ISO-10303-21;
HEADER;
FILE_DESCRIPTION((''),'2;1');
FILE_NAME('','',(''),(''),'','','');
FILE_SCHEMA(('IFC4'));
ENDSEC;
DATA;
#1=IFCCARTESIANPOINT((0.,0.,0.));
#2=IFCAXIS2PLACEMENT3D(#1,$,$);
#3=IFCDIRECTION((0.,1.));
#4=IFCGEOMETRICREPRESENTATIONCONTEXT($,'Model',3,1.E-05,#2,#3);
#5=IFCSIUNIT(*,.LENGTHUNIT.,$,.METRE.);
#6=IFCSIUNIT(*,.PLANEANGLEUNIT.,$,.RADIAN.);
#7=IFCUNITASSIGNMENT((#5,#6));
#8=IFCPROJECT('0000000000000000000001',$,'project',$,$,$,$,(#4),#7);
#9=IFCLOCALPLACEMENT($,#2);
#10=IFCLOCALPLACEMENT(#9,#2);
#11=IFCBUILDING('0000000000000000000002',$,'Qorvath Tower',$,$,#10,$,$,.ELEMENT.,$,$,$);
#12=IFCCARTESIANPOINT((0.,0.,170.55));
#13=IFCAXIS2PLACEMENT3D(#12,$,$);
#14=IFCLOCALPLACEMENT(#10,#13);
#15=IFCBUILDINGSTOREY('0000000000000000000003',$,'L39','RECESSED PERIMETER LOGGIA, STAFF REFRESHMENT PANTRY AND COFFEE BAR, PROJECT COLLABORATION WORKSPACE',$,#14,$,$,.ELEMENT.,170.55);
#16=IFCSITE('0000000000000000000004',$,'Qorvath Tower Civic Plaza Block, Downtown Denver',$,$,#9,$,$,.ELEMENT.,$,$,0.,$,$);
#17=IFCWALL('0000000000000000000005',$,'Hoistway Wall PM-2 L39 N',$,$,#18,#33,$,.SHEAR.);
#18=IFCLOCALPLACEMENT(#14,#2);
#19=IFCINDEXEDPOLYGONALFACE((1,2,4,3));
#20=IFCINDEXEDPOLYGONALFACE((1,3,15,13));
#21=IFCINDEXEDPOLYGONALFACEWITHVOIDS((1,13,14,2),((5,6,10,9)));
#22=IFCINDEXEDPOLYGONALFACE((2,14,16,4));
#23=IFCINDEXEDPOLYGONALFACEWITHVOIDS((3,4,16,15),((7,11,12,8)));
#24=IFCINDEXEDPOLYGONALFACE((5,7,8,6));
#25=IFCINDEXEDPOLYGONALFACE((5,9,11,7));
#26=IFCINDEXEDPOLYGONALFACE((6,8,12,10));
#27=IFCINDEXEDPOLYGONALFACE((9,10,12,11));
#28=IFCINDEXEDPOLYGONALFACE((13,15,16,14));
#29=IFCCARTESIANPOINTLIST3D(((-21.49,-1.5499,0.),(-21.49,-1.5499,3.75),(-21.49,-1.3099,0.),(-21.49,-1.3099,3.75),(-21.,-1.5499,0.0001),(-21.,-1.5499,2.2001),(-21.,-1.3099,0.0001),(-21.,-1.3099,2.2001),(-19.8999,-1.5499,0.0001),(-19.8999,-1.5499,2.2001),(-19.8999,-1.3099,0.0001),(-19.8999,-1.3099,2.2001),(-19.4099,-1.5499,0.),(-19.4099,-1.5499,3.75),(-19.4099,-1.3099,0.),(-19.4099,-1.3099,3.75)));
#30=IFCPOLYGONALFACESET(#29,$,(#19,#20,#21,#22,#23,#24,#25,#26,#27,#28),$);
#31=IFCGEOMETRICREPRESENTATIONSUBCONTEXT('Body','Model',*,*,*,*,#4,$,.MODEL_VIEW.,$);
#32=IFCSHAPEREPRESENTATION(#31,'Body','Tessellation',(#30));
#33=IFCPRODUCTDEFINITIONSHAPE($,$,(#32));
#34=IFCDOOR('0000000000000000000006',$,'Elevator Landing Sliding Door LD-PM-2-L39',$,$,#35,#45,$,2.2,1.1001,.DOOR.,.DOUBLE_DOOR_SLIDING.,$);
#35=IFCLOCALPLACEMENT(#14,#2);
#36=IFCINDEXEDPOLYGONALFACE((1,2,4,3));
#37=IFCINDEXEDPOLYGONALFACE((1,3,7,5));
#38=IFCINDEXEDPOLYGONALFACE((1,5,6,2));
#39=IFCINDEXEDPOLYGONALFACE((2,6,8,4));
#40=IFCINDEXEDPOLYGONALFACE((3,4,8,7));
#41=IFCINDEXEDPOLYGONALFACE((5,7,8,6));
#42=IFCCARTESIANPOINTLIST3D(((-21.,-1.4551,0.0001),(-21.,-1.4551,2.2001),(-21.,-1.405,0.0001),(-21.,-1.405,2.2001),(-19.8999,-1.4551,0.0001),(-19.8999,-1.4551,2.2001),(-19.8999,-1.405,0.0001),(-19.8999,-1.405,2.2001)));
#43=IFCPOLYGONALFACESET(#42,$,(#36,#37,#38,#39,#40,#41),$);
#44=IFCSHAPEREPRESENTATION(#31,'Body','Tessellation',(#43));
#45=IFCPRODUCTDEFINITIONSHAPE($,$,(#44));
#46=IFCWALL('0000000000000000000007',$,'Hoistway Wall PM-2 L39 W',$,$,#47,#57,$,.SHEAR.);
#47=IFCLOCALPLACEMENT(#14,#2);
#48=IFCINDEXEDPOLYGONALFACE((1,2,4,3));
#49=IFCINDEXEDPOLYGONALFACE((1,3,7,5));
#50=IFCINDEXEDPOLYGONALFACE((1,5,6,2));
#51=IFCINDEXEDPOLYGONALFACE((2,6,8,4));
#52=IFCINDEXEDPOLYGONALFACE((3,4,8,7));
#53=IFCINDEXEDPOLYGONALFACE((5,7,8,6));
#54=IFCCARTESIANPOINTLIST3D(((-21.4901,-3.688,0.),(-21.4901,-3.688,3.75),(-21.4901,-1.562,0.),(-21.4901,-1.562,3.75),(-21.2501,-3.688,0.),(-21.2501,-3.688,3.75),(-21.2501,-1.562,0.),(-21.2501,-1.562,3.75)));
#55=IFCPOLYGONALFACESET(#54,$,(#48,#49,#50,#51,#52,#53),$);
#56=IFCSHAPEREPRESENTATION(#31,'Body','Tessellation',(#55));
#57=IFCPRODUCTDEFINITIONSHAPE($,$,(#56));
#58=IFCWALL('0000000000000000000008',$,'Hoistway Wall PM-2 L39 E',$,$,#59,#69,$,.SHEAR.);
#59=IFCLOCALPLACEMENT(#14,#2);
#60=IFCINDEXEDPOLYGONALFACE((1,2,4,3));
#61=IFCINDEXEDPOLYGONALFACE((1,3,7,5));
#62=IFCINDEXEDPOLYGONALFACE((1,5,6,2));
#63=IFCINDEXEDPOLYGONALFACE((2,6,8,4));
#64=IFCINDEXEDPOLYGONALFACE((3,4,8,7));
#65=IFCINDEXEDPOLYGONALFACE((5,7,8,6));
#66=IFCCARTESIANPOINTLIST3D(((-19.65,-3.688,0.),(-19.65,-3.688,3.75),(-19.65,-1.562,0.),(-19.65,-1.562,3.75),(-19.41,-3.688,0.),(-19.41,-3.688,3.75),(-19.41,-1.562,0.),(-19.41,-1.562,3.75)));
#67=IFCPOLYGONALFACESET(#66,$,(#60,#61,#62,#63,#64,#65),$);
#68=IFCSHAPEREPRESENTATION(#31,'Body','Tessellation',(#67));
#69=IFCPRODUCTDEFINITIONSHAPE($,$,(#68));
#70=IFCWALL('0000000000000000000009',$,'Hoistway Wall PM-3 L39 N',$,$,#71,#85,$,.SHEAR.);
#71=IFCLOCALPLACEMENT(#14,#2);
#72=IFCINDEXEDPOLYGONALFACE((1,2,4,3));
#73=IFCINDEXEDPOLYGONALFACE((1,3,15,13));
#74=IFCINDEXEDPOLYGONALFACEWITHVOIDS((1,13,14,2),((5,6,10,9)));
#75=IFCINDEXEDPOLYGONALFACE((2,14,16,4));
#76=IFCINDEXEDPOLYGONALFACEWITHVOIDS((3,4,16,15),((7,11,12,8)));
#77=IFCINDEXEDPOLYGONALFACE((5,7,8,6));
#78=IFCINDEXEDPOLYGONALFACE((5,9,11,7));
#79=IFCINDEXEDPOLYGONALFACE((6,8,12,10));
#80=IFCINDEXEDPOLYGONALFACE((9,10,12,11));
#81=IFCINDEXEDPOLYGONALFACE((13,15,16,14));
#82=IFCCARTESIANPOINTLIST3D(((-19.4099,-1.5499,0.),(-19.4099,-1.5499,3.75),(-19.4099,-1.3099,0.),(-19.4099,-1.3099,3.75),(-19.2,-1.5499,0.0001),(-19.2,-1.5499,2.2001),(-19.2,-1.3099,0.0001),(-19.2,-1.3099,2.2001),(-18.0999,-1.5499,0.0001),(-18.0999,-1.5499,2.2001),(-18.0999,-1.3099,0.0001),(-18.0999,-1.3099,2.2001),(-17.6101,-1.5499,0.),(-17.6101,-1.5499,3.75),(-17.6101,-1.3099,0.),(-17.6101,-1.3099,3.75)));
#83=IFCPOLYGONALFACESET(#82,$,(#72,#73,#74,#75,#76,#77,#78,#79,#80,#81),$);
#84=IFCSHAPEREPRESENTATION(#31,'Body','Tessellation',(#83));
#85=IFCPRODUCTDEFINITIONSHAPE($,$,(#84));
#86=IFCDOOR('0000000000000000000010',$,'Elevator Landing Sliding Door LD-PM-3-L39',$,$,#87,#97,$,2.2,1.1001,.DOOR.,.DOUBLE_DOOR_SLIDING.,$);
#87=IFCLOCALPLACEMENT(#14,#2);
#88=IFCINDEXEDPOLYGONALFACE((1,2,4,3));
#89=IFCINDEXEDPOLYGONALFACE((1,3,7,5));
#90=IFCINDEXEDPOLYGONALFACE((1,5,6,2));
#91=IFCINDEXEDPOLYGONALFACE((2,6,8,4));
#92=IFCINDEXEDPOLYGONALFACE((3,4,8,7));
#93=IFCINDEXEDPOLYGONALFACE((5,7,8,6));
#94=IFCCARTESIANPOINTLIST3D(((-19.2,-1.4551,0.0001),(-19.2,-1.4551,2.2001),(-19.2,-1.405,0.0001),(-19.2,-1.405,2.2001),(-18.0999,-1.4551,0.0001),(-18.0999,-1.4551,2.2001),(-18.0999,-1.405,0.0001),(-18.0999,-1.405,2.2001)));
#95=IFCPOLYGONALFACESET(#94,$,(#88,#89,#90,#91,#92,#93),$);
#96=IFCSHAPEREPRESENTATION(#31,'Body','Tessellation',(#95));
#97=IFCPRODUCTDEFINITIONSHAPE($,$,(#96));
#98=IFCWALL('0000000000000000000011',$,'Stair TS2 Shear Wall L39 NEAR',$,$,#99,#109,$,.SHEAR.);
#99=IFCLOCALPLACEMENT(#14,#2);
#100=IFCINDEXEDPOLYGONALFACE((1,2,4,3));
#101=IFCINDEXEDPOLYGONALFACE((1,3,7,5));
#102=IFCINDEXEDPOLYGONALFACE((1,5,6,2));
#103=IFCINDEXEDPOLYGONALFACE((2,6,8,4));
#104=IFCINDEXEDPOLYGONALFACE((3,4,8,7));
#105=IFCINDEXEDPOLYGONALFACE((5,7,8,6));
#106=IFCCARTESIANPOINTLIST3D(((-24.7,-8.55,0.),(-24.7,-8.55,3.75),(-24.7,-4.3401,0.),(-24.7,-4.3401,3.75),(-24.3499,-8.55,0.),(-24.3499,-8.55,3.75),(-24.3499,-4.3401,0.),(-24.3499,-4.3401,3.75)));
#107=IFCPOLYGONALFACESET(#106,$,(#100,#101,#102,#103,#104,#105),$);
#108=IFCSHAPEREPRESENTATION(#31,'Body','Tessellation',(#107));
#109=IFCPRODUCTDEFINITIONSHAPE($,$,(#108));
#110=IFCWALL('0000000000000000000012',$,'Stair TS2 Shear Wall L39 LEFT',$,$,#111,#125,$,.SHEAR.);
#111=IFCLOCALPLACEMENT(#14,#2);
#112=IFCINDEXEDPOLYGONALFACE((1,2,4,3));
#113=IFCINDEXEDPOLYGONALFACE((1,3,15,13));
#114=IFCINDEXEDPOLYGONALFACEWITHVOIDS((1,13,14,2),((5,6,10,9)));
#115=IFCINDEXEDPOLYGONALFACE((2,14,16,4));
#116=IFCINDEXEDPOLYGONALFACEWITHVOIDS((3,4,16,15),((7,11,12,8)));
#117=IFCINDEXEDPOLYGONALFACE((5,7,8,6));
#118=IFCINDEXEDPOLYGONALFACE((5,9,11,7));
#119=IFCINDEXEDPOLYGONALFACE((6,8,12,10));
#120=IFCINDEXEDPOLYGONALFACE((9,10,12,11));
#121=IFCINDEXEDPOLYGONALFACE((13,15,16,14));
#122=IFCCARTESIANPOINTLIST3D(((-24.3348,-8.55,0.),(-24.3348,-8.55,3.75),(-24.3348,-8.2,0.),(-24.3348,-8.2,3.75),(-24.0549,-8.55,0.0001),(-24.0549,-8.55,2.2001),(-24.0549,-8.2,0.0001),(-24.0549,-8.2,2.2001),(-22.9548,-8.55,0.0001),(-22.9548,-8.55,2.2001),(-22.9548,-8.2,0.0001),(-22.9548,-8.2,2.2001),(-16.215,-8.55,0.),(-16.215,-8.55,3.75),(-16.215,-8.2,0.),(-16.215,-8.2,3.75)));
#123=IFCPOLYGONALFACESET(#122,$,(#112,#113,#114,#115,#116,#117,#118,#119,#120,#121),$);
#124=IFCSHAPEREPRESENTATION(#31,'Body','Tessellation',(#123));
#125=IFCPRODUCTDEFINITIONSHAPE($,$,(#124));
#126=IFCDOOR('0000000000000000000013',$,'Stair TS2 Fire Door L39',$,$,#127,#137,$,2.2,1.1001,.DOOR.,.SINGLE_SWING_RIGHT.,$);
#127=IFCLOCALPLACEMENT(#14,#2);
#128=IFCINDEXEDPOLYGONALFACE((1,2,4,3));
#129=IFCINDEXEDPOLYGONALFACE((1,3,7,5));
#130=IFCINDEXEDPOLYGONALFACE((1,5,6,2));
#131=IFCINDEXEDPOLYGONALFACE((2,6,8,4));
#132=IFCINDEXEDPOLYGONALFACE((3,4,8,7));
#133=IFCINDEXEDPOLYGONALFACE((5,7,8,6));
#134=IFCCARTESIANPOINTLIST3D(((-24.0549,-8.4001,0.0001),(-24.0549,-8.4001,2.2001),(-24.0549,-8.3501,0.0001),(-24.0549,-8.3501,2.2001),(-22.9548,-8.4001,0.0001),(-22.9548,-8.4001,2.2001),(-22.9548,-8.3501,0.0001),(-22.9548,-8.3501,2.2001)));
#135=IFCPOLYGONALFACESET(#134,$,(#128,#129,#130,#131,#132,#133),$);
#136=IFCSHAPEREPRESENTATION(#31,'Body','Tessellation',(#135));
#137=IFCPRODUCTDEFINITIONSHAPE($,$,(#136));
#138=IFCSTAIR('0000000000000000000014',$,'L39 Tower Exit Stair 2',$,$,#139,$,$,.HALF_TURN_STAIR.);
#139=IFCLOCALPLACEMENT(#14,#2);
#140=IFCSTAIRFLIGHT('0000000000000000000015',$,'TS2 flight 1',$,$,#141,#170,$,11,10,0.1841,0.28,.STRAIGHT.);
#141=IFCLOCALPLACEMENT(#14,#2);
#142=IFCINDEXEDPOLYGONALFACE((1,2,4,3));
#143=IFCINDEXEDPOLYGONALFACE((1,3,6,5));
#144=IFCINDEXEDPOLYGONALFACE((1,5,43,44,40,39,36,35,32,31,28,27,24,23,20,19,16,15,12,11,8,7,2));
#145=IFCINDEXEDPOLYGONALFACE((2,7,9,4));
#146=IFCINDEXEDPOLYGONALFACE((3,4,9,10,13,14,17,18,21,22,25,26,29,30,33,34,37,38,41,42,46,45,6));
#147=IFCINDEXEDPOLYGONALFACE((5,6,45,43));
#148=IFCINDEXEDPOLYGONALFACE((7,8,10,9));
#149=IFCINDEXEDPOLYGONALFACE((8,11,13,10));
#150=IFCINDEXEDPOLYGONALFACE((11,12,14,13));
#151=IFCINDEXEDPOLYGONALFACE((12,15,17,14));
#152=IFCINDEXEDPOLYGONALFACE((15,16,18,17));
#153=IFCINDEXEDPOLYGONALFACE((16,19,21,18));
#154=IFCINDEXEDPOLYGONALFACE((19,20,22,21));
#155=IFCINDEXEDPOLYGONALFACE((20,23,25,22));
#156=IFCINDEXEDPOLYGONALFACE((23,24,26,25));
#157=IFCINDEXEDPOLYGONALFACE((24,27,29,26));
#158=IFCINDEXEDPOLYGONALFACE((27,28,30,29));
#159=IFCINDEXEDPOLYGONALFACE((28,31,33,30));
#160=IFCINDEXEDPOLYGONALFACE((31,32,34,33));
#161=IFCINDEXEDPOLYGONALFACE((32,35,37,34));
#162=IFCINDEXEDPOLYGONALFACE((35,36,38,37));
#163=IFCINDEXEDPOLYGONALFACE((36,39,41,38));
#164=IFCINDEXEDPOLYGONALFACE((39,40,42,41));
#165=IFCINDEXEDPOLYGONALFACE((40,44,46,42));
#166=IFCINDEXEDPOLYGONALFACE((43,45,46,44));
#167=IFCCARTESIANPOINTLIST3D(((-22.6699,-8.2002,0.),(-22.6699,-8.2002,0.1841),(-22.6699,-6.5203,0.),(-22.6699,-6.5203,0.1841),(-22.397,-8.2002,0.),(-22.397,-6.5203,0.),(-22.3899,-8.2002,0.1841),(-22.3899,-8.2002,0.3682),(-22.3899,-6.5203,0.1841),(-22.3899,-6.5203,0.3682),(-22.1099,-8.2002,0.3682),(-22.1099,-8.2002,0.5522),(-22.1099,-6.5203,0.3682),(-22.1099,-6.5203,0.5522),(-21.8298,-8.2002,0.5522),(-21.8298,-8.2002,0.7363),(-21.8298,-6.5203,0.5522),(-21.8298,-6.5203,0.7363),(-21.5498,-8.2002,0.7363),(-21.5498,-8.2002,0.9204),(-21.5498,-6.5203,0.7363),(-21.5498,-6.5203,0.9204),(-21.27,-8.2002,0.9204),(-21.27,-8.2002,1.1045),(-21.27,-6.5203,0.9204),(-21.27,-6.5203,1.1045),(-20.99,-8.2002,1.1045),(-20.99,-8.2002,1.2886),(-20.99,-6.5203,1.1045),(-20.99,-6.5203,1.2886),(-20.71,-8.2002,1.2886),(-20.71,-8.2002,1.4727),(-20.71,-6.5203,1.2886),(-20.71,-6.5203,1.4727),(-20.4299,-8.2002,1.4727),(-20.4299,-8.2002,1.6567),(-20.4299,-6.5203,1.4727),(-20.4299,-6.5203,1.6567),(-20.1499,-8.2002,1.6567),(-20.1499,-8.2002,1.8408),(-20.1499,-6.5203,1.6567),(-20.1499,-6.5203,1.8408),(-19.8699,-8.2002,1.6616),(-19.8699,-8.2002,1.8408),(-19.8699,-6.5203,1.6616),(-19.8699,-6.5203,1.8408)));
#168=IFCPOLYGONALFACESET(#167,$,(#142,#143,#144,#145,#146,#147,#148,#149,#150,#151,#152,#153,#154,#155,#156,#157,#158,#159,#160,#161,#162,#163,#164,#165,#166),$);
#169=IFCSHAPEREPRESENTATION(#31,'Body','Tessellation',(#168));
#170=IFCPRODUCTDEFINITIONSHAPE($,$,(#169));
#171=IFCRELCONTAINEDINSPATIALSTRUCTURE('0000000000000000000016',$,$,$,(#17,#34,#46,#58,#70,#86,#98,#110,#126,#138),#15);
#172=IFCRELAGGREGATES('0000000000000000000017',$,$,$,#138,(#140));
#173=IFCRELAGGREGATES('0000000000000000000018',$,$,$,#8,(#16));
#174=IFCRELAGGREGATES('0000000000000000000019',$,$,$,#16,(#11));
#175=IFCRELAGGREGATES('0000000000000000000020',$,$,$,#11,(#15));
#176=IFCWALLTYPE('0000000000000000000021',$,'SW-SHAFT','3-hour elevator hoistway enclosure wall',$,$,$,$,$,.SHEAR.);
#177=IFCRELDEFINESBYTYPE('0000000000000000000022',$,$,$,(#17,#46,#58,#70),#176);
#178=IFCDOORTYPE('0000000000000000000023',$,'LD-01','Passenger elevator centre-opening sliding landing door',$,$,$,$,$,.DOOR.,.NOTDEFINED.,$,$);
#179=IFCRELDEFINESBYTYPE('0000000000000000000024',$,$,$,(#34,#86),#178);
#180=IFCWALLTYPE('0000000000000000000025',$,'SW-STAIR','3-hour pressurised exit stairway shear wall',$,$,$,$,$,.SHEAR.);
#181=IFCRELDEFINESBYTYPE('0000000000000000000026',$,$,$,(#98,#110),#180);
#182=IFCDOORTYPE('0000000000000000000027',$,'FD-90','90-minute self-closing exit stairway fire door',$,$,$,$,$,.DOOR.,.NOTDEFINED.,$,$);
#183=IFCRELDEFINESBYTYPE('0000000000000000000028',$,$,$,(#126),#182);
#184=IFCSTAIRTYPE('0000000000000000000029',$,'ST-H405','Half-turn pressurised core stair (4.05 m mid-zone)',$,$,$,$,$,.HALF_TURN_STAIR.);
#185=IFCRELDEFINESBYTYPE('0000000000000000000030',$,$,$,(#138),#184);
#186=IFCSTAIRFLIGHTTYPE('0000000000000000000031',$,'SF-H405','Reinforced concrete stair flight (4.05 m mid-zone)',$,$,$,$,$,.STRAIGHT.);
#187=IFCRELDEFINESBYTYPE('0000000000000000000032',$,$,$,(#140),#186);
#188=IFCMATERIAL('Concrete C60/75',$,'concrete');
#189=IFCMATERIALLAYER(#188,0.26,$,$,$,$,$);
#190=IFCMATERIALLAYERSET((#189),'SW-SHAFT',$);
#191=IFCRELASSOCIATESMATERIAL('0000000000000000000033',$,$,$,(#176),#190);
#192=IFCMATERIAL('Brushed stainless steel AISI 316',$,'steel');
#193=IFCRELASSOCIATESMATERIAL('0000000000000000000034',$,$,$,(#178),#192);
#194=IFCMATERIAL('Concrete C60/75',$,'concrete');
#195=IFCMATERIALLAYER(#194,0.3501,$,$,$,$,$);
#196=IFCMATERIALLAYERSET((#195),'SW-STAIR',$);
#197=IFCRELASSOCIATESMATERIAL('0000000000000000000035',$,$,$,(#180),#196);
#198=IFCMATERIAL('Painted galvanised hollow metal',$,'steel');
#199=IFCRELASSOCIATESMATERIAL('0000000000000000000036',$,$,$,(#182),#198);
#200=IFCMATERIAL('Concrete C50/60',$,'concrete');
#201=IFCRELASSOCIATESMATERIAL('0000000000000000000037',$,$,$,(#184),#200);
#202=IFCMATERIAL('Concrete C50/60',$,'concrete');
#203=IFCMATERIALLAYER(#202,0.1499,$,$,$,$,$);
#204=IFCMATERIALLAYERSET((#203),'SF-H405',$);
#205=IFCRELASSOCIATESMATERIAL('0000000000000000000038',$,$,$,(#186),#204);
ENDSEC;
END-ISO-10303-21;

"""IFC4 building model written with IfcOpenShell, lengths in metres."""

from ifc_helpers import new_model, si_unit, direction, frame, frame_2d, origin, place, context, subcontext, project, spatial, polyline, rectangle, outline, extrude, material, layer, layer_set, type_object, element, fill, aggregate, save


model = new_model("IFC4")

# Units and contexts
model_context = context("Model", 3, precision=1e-05, world=origin(), true_north=direction((0.0, 1.0)))
body_context = subcontext(model_context, "Body", "Model", "MODEL_VIEW")
ifc_project = project(units=[si_unit("LENGTHUNIT", "METRE"), si_unit("PLANEANGLEUNIT", "RADIAN")], contexts=[model_context])

# Site, building, storey
site_placement = place(None, origin())
site = spatial("IfcSite", under=ifc_project, at=site_placement, Name="Qorvath Tower Civic Plaza Block, Downtown Denver", CompositionType="ELEMENT", RefElevation=0.0)
building_placement = place(site_placement, origin())
building = spatial("IfcBuilding", under=site, at=building_placement, Name="Qorvath Tower", CompositionType="ELEMENT")
storey_placement = place(building_placement, frame((0.0, 0.0, 170.55)))
storey = spatial("IfcBuildingStorey", under=building, at=storey_placement, Name="L39", Description="RECESSED PERIMETER LOGGIA, STAFF REFRESHMENT PANTRY AND COFFEE BAR, PROJECT COLLABORATION WORKSPACE", CompositionType="ELEMENT", Elevation=170.55)

# Shared definitions
ifc_material_1 = material(Name="Concrete C60/75", Category="concrete")
ifc_layer_1 = layer(ifc_material_1, 0.26)
ifc_layer_set_1 = layer_set([ifc_layer_1], Name="SW-SHAFT")
wall_type_1 = type_object("IfcWallType", Name="SW-SHAFT", Description="3-hour elevator hoistway enclosure wall", PredefinedType="SHEAR", material=ifc_layer_set_1)

# Wall, opening, door
wall_1_placement = place(storey_placement, frame((-21.49, -1.4299, 0.0), z_axis=(0.0, 0.0, 1.0), x_axis=(1.0, 0.0, 0.0)))
wall_1 = element("IfcWall", 1, at=wall_1_placement, inside=storey, type_object=wall_type_1, Name="Hoistway Wall PM-2 L39 N", PredefinedType="SHEAR", context=body_context, shape_type="SweptSolid", body=[
    extrude(rectangle(XDim=2.0801, YDim=0.24, at=frame_2d((1.04, 0.0))), origin(), (0.0, 0.0, 1.0), 3.75),
])
opening_1_placement = place(wall_1_placement, frame((0.49, 0.0, 0.0)))
opening_1 = element("IfcOpeningElement", 2, at=opening_1_placement, cuts=wall_1, PredefinedType="OPENING", context=body_context, shape_type="SweptSolid", body=[
    extrude(rectangle(XDim=1.1001, YDim=2.2, at=frame_2d((0.55, 1.1001))), frame((0.0, 0.1299, 0.0), z_axis=(0.0, -1.0, 0.0), x_axis=(1.0, 0.0, 0.0)), (0.0, 0.0, 1.0), 0.26),
])
ifc_material_2 = material(Name="Brushed stainless steel AISI 316", Category="steel")
door_type_1 = type_object("IfcDoorType", Name="LD-01", Description="Passenger elevator centre-opening sliding landing door", OperationType="NOTDEFINED", PredefinedType="DOOR", material=ifc_material_2)
door_1_placement = place(opening_1_placement, origin())
door_1 = element("IfcDoor", 3, at=door_1_placement, inside=storey, type_object=door_type_1, Name="Elevator Landing Sliding Door LD-PM-2-L39", OperationType="DOUBLE_DOOR_SLIDING", OverallHeight=2.2, OverallWidth=1.1001, PredefinedType="DOOR", context=body_context, shape_type="SweptSolid", body=[
    extrude(rectangle(XDim=1.1001, YDim=2.2, at=frame_2d((0.55, 1.1001))), frame((0.0, 0.0249, 0.0), z_axis=(0.0, -1.0, 0.0), x_axis=(1.0, 0.0, 0.0)), (0.0, 0.0, 1.0), 0.05),
])
fill(opening_1, door_1)

# Walls
for number, where, z_axis, x_axis, name in (
    (4, (-21.3701, -3.688, 0.0), (0.0, 0.0, 1.0), (0.0, 1.0, 0.0), "Hoistway Wall PM-2 L39 W"),
    (5, (-19.53, -1.562, 0.0), (0.0, 0.0, 1.0), (0.0, -1.0, 0.0), "Hoistway Wall PM-2 L39 E"),
):
    element("IfcWall", number, at=place(storey_placement, frame(where, z_axis=z_axis, x_axis=x_axis)), inside=storey, type_object=wall_type_1, Name=name, PredefinedType="SHEAR", context=body_context, shape_type="SweptSolid", body=[
        extrude(rectangle(XDim=2.126, YDim=0.24, at=frame_2d((1.063, 0.0))), origin(), (0.0, 0.0, 1.0), 3.75),
    ])

# Wall, opening, door
wall_2_placement = place(storey_placement, frame((-19.4099, -1.4299, 0.0), z_axis=(0.0, 0.0, 1.0), x_axis=(1.0, 0.0, 0.0)))
wall_2 = element("IfcWall", 6, at=wall_2_placement, inside=storey, type_object=wall_type_1, Name="Hoistway Wall PM-3 L39 N", PredefinedType="SHEAR", context=body_context, shape_type="SweptSolid", body=[
    extrude(rectangle(XDim=1.7998, YDim=0.24, at=frame_2d((0.8999, 0.0))), origin(), (0.0, 0.0, 1.0), 3.75),
])
opening_2_placement = place(wall_2_placement, frame((0.21, 0.0, 0.0)))
opening_2 = element("IfcOpeningElement", 7, at=opening_2_placement, cuts=wall_2, PredefinedType="OPENING", context=body_context, shape_type="SweptSolid", body=[
    extrude(rectangle(XDim=1.1001, YDim=2.2, at=frame_2d((0.55, 1.1001))), frame((0.0, 0.1299, 0.0), z_axis=(0.0, -1.0, 0.0), x_axis=(1.0, 0.0, 0.0)), (0.0, 0.0, 1.0), 0.26),
])
door_2_placement = place(opening_2_placement, origin())
door_2 = element("IfcDoor", 8, at=door_2_placement, inside=storey, type_object=door_type_1, Name="Elevator Landing Sliding Door LD-PM-3-L39", OperationType="DOUBLE_DOOR_SLIDING", OverallHeight=2.2, OverallWidth=1.1001, PredefinedType="DOOR", context=body_context, shape_type="SweptSolid", body=[
    extrude(rectangle(XDim=1.1001, YDim=2.2, at=frame_2d((0.55, 1.1001))), frame((0.0, 0.0249, 0.0), z_axis=(0.0, -1.0, 0.0), x_axis=(1.0, 0.0, 0.0)), (0.0, 0.0, 1.0), 0.05),
])
fill(opening_2, door_2)

# Wall
ifc_material_3 = material(Name="Concrete C60/75", Category="concrete")
ifc_layer_2 = layer(ifc_material_3, 0.3501)
ifc_layer_set_2 = layer_set([ifc_layer_2], Name="SW-STAIR")
wall_type_2 = type_object("IfcWallType", Name="SW-STAIR", Description="3-hour pressurised exit stairway shear wall", PredefinedType="SHEAR", material=ifc_layer_set_2)
wall_3_placement = place(storey_placement, frame((-24.5249, -4.3401, 0.0), z_axis=(0.0, 0.0, 1.0), x_axis=(0.0, -1.0, 0.0)))
element("IfcWall", 9, at=wall_3_placement, inside=storey, type_object=wall_type_2, Name="Stair TS2 Shear Wall L39 NEAR", PredefinedType="SHEAR", context=body_context, shape_type="SweptSolid", body=[
    extrude(rectangle(XDim=4.21, YDim=0.3501, at=frame_2d((2.105, 0.0))), origin(), (0.0, 0.0, 1.0), 3.75),
])

# Wall, opening, door
wall_4_placement = place(storey_placement, frame((-24.335, -8.375, 0.0), z_axis=(0.0, 0.0, 1.0), x_axis=(1.0, 0.0, 0.0)))
wall_4 = element("IfcWall", 10, at=wall_4_placement, inside=storey, type_object=wall_type_2, Name="Stair TS2 Shear Wall L39 LEFT", PredefinedType="SHEAR", context=body_context, shape_type="SweptSolid", body=[
    extrude(rectangle(XDim=8.1199, YDim=0.3501, at=frame_2d((4.0601, 0.0))), origin(), (0.0, 0.0, 1.0), 3.75),
])
opening_3_placement = place(wall_4_placement, frame((0.28, 0.0, 0.0)))
opening_3 = element("IfcOpeningElement", 11, at=opening_3_placement, cuts=wall_4, PredefinedType="OPENING", context=body_context, shape_type="SweptSolid", body=[
    extrude(rectangle(XDim=1.1001, YDim=2.2, at=frame_2d((0.55, 1.1001))), frame((0.0, 0.1851, 0.0), z_axis=(0.0, -1.0, 0.0), x_axis=(1.0, 0.0, 0.0)), (0.0, 0.0, 1.0), 0.3701),
])
ifc_material_4 = material(Name="Painted galvanised hollow metal", Category="steel")
door_type_2 = type_object("IfcDoorType", Name="FD-90", Description="90-minute self-closing exit stairway fire door", OperationType="NOTDEFINED", PredefinedType="DOOR", material=ifc_material_4)
door_3_placement = place(opening_3_placement, origin())
door_3 = element("IfcDoor", 12, at=door_3_placement, inside=storey, type_object=door_type_2, Name="Stair TS2 Fire Door L39", OperationType="SINGLE_SWING_RIGHT", OverallHeight=2.2, OverallWidth=1.1001, PredefinedType="DOOR", context=body_context, shape_type="SweptSolid", body=[
    extrude(rectangle(XDim=1.1001, YDim=2.2, at=frame_2d((0.55, 1.1001))), frame((0.0, 0.0249, 0.0), z_axis=(0.0, -1.0, 0.0), x_axis=(1.0, 0.0, 0.0)), (0.0, 0.0, 1.0), 0.05),
])
fill(opening_3, door_3)

# Stair, stair flight
ifc_material_5 = material(Name="Concrete C50/60", Category="concrete")
stair_type = type_object("IfcStairType", Name="ST-H405", Description="Half-turn pressurised core stair (4.05 m mid-zone)", PredefinedType="HALF_TURN_STAIR", material=ifc_material_5)
stair_placement = place(storey_placement, origin())
stair = element("IfcStair", 13, at=stair_placement, inside=storey, type_object=stair_type, Name="L39 Tower Exit Stair 2", PredefinedType="HALF_TURN_STAIR")
ifc_material_6 = material(Name="Concrete C50/60", Category="concrete")
ifc_layer_3 = layer(ifc_material_6, 0.1499)
ifc_layer_set_3 = layer_set([ifc_layer_3], Name="SF-H405")
stair_flight_type = type_object("IfcStairFlightType", Name="SF-H405", Description="Reinforced concrete stair flight (4.05 m mid-zone)", PredefinedType="STRAIGHT", material=ifc_layer_set_3)
stair_flight_1_placement = place(storey_placement, frame((-22.6699, -7.3601, 0.0), z_axis=(0.0, 0.0, 1.0), x_axis=(1.0, 0.0, 0.0)))
stair_flight_1 = element("IfcStairFlight", 14, at=stair_flight_1_placement, type_object=stair_flight_type, Name="TS2 flight 1", NumberOfRisers=11, NumberOfTreads=10, PredefinedType="STRAIGHT", RiserHeight=0.1841, TreadLength=0.28, context=body_context, shape_type="SweptSolid", body=[
    extrude(outline(polyline([(0.0, 0.0), (0.0, 0.1841), (0.28, 0.1841), (0.28, 0.3682), (0.5601, 0.3682), (0.5601, 0.5522), (0.8401, 0.5522), (0.8401, 0.7363), (1.1201, 0.7363), (1.1201, 0.9204), (1.3999, 0.9204), (1.3999, 1.1045), (1.6799, 1.1045), (1.6799, 1.2886), (1.96, 1.2886), (1.96, 1.4727), (2.24, 1.4727), (2.24, 1.6567), (2.52, 1.6567), (2.52, 1.8408), (2.8, 1.8408), (2.8, 2.0249), (2.8, 1.6616), (0.2729, 0.0), (0.0, 0.0)])), frame((0.0, 0.8398, 0.0), z_axis=(0.0, -1.0, 0.0), x_axis=(1.0, 0.0, 0.0)), (0.0, 0.0, 1.0), 1.6799),
])
aggregate(stair, [stair_flight_1])

save(model, "model.ifc")
